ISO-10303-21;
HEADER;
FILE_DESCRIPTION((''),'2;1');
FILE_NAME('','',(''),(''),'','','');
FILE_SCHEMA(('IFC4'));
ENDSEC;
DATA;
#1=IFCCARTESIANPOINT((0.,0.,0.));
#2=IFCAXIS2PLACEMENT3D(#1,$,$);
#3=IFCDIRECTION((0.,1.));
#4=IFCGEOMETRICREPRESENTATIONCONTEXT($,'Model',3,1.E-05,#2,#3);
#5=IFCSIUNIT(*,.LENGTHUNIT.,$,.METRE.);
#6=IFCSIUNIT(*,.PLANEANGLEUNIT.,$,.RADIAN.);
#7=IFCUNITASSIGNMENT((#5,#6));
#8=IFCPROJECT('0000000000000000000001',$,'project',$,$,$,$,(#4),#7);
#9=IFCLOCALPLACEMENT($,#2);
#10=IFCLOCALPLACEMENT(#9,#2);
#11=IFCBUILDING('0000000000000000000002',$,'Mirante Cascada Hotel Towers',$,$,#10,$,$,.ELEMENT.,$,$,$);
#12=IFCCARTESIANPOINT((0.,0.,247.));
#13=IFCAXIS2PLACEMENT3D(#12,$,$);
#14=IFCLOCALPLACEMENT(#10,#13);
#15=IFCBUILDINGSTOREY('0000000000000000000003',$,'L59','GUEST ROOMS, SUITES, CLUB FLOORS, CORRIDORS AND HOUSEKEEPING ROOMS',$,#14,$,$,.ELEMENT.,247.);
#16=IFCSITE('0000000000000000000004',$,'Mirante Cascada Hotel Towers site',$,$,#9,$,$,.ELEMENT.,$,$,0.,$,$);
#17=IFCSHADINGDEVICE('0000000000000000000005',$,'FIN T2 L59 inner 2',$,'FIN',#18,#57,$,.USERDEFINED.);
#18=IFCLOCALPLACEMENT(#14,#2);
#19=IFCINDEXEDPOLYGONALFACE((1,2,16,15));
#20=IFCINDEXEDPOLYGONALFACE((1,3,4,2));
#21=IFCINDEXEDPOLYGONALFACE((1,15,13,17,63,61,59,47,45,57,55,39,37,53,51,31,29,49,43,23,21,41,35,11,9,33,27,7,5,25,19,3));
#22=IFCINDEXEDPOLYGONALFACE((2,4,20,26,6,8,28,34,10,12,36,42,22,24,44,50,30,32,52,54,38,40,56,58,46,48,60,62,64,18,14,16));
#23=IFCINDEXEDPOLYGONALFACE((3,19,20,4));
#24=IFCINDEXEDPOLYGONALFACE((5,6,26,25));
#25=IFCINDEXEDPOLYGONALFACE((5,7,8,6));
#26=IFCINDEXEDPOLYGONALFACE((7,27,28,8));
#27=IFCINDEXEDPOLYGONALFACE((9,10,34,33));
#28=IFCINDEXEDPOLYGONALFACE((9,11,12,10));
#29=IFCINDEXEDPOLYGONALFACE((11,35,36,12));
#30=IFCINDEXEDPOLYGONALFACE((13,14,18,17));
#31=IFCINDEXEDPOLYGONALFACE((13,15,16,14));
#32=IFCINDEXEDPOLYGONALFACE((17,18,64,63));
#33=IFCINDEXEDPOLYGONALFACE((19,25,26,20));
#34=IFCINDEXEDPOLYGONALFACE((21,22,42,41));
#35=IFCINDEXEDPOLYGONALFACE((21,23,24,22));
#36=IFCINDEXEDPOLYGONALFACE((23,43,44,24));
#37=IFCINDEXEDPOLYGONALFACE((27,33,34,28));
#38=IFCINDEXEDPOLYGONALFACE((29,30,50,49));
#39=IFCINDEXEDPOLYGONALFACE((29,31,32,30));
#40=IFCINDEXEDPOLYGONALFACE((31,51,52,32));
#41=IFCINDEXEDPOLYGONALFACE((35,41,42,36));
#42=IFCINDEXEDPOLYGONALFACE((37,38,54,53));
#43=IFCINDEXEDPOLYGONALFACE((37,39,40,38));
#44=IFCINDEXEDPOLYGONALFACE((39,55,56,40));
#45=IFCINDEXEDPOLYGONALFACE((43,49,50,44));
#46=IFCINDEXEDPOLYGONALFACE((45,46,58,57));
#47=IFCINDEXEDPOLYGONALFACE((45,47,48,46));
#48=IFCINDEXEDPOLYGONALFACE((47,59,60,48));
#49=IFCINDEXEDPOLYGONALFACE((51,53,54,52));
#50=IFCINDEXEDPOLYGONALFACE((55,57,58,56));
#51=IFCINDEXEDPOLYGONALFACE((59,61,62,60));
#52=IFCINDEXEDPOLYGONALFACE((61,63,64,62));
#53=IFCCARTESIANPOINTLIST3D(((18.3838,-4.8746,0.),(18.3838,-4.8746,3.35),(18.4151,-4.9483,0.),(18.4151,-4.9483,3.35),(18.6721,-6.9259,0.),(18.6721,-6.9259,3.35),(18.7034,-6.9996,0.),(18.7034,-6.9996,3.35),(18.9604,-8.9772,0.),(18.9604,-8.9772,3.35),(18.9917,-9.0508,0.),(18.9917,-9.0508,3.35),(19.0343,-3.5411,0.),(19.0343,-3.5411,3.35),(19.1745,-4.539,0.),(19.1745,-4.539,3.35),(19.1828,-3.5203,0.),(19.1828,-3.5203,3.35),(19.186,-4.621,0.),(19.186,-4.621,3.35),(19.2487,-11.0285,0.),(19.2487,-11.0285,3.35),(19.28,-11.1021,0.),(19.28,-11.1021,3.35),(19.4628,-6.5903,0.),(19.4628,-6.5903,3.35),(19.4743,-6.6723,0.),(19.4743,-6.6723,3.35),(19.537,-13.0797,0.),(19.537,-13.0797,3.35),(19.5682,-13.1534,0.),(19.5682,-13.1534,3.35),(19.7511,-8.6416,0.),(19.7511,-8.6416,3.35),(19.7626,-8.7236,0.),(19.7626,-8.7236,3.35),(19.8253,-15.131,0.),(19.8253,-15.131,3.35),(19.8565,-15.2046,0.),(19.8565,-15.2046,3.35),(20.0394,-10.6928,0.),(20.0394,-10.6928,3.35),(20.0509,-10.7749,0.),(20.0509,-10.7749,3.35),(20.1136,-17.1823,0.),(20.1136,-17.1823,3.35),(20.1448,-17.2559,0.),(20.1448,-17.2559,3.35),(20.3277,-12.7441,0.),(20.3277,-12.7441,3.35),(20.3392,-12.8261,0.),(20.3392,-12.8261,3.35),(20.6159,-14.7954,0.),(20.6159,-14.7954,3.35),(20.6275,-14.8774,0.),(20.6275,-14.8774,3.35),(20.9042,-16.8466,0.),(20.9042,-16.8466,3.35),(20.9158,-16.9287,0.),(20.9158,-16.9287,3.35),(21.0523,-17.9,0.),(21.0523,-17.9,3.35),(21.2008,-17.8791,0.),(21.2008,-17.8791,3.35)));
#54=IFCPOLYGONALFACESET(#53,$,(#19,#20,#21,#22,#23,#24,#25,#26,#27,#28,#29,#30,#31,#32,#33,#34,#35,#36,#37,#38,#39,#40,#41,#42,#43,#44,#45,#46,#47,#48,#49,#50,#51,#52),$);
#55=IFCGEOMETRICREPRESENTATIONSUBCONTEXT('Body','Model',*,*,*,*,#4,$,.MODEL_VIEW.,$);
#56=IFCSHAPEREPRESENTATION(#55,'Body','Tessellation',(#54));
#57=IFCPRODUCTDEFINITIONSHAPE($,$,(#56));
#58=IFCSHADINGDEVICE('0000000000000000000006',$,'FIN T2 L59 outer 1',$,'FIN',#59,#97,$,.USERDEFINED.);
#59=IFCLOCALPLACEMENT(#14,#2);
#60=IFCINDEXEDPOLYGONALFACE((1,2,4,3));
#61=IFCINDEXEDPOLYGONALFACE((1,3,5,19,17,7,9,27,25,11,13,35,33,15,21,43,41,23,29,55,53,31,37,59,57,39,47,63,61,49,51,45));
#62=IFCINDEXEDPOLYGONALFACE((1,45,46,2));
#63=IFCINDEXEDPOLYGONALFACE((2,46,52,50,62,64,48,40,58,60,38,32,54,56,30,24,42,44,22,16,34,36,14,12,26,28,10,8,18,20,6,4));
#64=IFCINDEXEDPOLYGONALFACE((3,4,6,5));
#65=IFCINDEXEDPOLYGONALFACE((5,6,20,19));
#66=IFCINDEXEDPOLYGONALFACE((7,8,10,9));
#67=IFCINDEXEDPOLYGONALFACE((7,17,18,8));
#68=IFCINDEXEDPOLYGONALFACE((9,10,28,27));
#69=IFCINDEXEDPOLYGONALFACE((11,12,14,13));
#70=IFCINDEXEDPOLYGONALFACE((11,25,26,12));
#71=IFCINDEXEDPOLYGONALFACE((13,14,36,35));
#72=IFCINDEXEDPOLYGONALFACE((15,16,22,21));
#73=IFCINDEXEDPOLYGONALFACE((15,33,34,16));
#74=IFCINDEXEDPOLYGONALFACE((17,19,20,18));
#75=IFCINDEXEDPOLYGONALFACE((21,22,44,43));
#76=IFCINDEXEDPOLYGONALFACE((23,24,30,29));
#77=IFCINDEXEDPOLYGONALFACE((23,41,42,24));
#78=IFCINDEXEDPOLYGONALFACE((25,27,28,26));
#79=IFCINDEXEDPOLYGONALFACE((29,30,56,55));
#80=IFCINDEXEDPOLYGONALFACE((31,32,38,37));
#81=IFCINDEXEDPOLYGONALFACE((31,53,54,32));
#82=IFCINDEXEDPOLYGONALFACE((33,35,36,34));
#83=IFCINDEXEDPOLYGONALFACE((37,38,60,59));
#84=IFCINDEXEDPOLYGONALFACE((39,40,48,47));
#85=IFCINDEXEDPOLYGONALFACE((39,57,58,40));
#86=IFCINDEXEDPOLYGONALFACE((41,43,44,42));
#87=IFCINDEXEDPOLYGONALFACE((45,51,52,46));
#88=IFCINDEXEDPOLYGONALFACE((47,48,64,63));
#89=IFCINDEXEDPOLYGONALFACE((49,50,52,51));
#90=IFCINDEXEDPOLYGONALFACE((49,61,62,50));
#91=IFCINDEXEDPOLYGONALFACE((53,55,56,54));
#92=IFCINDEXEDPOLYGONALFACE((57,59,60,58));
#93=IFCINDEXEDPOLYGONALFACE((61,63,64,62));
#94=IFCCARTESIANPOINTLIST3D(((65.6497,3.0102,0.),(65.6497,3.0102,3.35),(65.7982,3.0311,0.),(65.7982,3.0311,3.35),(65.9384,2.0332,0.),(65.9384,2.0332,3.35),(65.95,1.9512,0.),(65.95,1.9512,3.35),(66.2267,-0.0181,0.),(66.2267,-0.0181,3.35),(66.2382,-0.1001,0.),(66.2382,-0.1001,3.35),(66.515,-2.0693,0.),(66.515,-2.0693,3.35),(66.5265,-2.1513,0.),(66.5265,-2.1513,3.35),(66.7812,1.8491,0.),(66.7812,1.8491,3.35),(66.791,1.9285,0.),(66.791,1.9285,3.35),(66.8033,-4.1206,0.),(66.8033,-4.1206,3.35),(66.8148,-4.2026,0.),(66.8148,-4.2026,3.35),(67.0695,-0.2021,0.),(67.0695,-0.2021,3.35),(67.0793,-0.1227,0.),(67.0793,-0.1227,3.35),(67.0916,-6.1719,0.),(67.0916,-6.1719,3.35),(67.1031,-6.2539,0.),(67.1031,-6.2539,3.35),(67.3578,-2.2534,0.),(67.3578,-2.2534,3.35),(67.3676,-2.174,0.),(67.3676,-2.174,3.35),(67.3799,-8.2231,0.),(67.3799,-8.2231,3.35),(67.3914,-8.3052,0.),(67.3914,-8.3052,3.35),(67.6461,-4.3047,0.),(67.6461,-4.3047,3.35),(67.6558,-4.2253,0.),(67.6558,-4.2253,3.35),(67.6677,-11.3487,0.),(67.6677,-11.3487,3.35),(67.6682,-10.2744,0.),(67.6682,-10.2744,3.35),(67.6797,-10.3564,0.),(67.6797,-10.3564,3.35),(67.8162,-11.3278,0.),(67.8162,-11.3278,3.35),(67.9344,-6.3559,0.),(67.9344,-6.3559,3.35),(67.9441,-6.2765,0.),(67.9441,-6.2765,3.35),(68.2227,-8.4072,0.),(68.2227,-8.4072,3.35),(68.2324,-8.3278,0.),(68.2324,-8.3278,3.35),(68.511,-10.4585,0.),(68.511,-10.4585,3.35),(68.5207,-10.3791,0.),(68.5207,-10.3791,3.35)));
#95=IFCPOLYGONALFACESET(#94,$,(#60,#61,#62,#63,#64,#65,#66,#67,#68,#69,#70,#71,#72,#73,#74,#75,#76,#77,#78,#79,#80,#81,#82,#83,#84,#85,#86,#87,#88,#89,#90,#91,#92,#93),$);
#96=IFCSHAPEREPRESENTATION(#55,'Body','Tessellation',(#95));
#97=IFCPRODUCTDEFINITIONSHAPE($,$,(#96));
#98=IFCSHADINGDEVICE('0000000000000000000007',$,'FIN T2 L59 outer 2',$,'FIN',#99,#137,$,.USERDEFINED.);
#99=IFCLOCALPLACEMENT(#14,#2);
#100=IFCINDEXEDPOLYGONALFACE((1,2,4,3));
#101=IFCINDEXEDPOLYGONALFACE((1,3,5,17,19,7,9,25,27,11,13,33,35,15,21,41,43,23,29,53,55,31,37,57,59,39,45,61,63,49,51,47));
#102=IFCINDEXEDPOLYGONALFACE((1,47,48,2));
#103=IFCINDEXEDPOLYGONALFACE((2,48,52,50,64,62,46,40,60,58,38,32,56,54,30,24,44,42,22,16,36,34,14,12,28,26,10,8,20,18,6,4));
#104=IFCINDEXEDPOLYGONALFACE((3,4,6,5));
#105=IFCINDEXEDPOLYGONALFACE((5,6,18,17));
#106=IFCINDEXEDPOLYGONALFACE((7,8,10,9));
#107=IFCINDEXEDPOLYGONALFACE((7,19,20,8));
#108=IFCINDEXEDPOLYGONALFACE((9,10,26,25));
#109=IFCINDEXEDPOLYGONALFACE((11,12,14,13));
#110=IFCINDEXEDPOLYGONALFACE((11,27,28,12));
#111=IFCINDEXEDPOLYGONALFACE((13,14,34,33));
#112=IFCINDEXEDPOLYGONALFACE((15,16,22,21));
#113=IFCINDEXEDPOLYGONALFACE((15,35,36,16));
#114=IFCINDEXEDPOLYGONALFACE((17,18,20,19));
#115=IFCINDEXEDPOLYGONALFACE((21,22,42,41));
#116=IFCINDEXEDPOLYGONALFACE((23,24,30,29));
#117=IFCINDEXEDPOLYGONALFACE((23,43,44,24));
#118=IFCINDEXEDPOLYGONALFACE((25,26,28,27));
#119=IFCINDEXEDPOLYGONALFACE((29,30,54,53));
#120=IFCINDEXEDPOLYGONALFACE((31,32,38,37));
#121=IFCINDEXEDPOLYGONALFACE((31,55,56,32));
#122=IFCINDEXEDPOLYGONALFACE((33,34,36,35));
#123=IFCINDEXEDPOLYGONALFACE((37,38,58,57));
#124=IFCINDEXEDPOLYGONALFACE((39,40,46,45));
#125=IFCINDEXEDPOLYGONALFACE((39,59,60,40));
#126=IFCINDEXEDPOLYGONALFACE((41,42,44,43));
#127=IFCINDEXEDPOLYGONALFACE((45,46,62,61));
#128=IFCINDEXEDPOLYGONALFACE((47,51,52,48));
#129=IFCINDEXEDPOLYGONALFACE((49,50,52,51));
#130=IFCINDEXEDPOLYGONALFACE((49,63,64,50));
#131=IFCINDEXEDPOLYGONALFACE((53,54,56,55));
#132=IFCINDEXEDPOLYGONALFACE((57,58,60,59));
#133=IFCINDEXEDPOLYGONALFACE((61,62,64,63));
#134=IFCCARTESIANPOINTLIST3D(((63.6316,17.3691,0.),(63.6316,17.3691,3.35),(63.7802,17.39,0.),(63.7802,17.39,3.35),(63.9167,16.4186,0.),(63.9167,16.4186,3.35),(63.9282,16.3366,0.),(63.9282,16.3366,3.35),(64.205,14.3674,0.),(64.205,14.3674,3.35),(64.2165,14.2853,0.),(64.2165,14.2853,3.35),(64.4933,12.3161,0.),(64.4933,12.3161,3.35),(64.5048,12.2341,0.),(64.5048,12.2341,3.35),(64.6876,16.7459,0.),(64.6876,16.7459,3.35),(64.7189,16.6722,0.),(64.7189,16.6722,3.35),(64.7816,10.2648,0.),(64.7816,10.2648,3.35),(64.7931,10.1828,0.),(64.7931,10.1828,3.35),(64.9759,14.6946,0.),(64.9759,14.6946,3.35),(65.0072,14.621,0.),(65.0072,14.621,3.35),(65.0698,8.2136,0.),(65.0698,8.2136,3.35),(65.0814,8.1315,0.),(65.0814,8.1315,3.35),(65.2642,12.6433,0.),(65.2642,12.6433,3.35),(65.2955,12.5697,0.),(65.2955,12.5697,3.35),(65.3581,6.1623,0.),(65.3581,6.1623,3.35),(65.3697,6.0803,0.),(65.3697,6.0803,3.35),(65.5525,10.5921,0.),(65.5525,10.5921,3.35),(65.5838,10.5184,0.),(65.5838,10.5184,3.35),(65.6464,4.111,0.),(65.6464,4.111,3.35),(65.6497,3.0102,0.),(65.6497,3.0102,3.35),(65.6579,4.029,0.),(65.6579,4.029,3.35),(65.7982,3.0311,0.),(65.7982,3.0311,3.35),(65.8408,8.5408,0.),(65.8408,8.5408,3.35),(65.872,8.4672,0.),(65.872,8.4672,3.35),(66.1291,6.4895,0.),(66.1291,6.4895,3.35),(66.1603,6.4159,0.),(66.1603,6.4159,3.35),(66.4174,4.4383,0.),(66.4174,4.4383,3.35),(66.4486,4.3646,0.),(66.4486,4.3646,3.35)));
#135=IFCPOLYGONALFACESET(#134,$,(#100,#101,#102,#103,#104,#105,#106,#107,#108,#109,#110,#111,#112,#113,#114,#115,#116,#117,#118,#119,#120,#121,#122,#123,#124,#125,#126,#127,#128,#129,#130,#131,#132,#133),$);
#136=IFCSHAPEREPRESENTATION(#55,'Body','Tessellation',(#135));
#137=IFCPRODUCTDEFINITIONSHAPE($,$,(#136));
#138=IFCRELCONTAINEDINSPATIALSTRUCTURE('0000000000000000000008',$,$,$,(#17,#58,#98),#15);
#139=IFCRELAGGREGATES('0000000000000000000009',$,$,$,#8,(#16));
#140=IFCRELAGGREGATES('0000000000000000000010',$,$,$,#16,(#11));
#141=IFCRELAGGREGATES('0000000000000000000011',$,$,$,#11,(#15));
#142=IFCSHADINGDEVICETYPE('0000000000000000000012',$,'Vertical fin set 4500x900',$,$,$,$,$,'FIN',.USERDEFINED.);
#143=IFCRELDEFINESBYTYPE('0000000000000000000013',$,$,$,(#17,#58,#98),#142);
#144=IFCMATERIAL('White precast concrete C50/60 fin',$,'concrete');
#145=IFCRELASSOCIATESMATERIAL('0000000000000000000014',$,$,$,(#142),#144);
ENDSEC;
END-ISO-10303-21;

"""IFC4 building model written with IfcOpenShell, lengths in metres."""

from ifc_helpers import new_model, si_unit, direction, frame, origin, place, context, subcontext, project, spatial, polyline, outline, extrude, material, type_object, element, save


model = new_model("IFC4")

# Units and contexts
model_context = context("Model", 3, precision=1e-05, world=origin(), true_north=direction((0.0, 1.0)))
body_context = subcontext(model_context, "Body", "Model", "MODEL_VIEW")
ifc_project = project(units=[si_unit("LENGTHUNIT", "METRE"), si_unit("PLANEANGLEUNIT", "RADIAN")], contexts=[model_context])

# Site, building, storey
site_placement = place(None, origin())
site = spatial("IfcSite", under=ifc_project, at=site_placement, Name="Mirante Cascada Hotel Towers site", CompositionType="ELEMENT", RefElevation=0.0)
building_placement = place(site_placement, origin())
building = spatial("IfcBuilding", under=site, at=building_placement, Name="Mirante Cascada Hotel Towers", CompositionType="ELEMENT")
storey_placement = place(building_placement, frame((0.0, 0.0, 247.0)))
storey = spatial("IfcBuildingStorey", under=building, at=storey_placement, Name="L59", Description="GUEST ROOMS, SUITES, CLUB FLOORS, CORRIDORS AND HOUSEKEEPING ROOMS", CompositionType="ELEMENT", Elevation=247.0)

# Shading devices
ifc_material_1 = material(Name="White precast concrete C50/60 fin", Category="concrete")
shading_device_type = type_object("IfcShadingDeviceType", Name="Vertical fin set 4500x900", ElementType="FIN", PredefinedType="USERDEFINED", material=ifc_material_1)
shading_device_1_placement = place(storey_placement, origin())
element("IfcShadingDevice", 1, at=shading_device_1_placement, inside=storey, type_object=shading_device_type, Name="FIN T2 L59 inner 2", ObjectType="FIN", PredefinedType="USERDEFINED", context=body_context, shape_type="SweptSolid", body=[
    extrude(outline(polyline([(20.1136, -17.1823), (20.9042, -16.8466), (20.6275, -14.8774), (19.8565, -15.2046), (19.8253, -15.131), (20.6159, -14.7954), (20.3392, -12.8261), (19.5682, -13.1534), (19.537, -13.0797), (20.3277, -12.7441), (20.0509, -10.7749), (19.28, -11.1021), (19.2487, -11.0285), (20.0394, -10.6928), (19.7626, -8.7236), (18.9917, -9.0508), (18.9604, -8.9772), (19.7511, -8.6416), (19.4743, -6.6723), (18.7034, -6.9996), (18.6721, -6.9259), (19.4628, -6.5903), (19.186, -4.621), (18.4151, -4.9483), (18.3838, -4.8746), (19.1745, -4.539), (19.0343, -3.5411), (19.1828, -3.5203), (21.2008, -17.8791), (21.0523, -17.9), (20.9158, -16.9287), (20.1448, -17.2559), (20.1136, -17.1823)])), origin(), (0.0, 0.0, 1.0), 3.35),
])
shading_device_2_placement = place(storey_placement, origin())
element("IfcShadingDevice", 2, at=shading_device_2_placement, inside=storey, type_object=shading_device_type, Name="FIN T2 L59 outer 1", ObjectType="FIN", PredefinedType="USERDEFINED", context=body_context, shape_type="SweptSolid", body=[
    extrude(outline(polyline([(68.511, -10.4585), (67.6797, -10.3564), (67.8162, -11.3278), (67.6677, -11.3487), (65.6497, 3.0102), (65.7982, 3.0311), (65.9384, 2.0332), (66.791, 1.9285), (66.7812, 1.8491), (65.95, 1.9512), (66.2267, -0.0181), (67.0793, -0.1227), (67.0695, -0.2021), (66.2382, -0.1001), (66.515, -2.0693), (67.3676, -2.174), (67.3578, -2.2534), (66.5265, -2.1513), (66.8033, -4.1206), (67.6558, -4.2253), (67.6461, -4.3047), (66.8148, -4.2026), (67.0916, -6.1719), (67.9441, -6.2765), (67.9344, -6.3559), (67.1031, -6.2539), (67.3799, -8.2231), (68.2324, -8.3278), (68.2227, -8.4072), (67.3914, -8.3052), (67.6682, -10.2744), (68.5207, -10.3791), (68.511, -10.4585)])), origin(), (0.0, 0.0, 1.0), 3.35),
])
shading_device_3_placement = place(storey_placement, origin())
element("IfcShadingDevice", 3, at=shading_device_3_placement, inside=storey, type_object=shading_device_type, Name="FIN T2 L59 outer 2", ObjectType="FIN", PredefinedType="USERDEFINED", context=body_context, shape_type="SweptSolid", body=[
    extrude(outline(polyline([(66.4486, 4.3646), (65.6579, 4.029), (65.7982, 3.0311), (65.6497, 3.0102), (63.6316, 17.3691), (63.7802, 17.39), (63.9167, 16.4186), (64.6876, 16.7459), (64.7189, 16.6722), (63.9282, 16.3366), (64.205, 14.3674), (64.9759, 14.6946), (65.0072, 14.621), (64.2165, 14.2853), (64.4933, 12.3161), (65.2642, 12.6433), (65.2955, 12.5697), (64.5048, 12.2341), (64.7816, 10.2648), (65.5525, 10.5921), (65.5838, 10.5184), (64.7931, 10.1828), (65.0698, 8.2136), (65.8408, 8.5408), (65.872, 8.4672), (65.0814, 8.1315), (65.3581, 6.1623), (66.1291, 6.4895), (66.1603, 6.4159), (65.3697, 6.0803), (65.6464, 4.111), (66.4174, 4.4383), (66.4486, 4.3646)])), origin(), (0.0, 0.0, 1.0), 3.35),
])

save(model, "model.ifc")
